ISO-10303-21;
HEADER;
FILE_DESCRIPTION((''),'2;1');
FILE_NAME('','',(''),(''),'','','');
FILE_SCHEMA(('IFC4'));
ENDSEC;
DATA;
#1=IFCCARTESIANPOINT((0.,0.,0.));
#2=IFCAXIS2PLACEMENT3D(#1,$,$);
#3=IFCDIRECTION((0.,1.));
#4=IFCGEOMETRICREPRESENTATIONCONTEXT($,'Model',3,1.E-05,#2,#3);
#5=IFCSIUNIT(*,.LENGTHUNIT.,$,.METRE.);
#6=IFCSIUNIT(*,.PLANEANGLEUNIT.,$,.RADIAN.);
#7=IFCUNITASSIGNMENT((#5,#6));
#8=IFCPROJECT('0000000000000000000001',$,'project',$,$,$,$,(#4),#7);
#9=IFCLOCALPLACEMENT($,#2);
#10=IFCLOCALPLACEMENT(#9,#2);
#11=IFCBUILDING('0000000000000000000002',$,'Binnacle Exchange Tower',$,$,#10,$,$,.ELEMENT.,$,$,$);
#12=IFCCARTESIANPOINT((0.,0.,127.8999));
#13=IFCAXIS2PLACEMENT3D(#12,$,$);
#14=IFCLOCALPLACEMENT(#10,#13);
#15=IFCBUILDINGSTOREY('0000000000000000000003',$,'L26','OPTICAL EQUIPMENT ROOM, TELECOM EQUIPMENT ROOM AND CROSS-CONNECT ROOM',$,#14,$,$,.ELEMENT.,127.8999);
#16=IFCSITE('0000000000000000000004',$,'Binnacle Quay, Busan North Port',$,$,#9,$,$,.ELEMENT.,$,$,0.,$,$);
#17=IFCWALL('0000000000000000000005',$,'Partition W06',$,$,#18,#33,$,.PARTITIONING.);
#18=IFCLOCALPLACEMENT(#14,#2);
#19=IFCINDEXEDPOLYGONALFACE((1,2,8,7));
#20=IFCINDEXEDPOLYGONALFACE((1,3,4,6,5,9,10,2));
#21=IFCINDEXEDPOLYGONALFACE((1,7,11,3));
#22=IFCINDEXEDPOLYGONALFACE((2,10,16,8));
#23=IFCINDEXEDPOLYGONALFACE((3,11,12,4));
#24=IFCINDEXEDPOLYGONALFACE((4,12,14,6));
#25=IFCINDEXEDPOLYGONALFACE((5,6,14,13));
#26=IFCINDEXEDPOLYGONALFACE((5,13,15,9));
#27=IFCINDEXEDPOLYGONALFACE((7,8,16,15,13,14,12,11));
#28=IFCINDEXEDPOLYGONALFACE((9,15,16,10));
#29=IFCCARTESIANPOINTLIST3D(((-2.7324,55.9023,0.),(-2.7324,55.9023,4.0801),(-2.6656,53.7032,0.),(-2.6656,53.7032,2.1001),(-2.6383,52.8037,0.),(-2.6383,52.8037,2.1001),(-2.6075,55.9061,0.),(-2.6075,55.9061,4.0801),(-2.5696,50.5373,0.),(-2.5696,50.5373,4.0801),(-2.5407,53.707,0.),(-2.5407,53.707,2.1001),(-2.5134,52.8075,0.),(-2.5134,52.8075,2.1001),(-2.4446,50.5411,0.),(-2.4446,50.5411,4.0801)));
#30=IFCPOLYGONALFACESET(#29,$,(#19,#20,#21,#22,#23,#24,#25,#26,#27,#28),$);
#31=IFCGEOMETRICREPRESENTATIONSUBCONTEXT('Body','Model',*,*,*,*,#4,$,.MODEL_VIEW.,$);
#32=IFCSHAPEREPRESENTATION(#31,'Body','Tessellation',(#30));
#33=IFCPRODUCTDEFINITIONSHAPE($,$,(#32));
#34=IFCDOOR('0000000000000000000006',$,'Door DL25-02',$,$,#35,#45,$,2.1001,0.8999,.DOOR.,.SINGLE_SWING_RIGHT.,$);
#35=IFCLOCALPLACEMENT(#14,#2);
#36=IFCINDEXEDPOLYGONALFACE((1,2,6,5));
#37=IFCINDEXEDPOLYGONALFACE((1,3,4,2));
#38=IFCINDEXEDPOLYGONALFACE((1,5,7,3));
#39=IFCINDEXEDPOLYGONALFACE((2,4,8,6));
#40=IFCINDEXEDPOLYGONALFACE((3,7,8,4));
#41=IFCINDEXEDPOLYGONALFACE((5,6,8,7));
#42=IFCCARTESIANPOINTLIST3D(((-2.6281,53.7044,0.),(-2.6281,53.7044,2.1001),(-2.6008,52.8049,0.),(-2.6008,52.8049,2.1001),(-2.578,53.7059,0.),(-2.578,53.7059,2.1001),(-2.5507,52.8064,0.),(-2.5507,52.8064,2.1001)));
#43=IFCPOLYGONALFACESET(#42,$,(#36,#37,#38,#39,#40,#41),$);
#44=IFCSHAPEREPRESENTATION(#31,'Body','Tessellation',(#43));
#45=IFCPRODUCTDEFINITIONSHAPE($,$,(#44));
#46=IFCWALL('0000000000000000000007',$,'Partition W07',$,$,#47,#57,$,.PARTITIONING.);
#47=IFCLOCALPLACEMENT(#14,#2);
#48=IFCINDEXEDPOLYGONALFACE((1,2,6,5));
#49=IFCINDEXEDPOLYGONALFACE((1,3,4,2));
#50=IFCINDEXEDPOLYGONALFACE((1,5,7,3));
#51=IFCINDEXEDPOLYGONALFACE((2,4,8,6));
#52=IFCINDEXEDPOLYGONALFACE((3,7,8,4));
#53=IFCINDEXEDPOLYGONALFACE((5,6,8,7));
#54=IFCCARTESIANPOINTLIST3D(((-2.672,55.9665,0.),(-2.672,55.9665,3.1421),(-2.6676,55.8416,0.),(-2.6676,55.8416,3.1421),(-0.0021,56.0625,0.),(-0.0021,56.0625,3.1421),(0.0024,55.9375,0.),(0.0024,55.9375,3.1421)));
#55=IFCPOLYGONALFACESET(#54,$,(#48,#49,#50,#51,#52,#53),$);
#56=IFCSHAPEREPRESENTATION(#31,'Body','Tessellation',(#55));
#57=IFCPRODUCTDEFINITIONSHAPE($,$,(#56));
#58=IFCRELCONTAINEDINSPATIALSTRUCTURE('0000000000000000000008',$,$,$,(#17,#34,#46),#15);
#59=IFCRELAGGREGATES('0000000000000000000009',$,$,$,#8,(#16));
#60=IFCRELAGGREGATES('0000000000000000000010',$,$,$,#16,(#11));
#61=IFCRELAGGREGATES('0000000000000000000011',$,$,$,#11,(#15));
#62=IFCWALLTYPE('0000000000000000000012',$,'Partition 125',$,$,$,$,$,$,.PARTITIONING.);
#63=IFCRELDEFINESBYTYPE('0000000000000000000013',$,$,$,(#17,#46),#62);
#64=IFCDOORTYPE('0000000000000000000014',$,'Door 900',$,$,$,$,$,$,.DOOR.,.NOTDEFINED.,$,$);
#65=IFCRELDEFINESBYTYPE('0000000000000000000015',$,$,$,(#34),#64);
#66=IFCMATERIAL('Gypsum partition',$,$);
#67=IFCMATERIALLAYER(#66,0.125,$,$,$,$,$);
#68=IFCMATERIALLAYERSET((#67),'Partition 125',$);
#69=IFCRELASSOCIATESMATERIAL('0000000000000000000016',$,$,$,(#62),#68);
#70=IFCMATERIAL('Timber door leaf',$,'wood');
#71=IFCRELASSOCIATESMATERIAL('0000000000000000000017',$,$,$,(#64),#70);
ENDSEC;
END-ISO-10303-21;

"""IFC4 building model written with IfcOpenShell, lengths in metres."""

from ifc_helpers import new_model, si_unit, direction, frame, frame_2d, origin, place, context, subcontext, project, spatial, rectangle, extrude, material, layer, layer_set, type_object, element, fill, save


model = new_model("IFC4")

# Units and contexts
model_context = context("Model", 3, precision=1e-05, world=origin(), true_north=direction((0.0, 1.0)))
body_context = subcontext(model_context, "Body", "Model", "MODEL_VIEW")
ifc_project = project(units=[si_unit("LENGTHUNIT", "METRE"), si_unit("PLANEANGLEUNIT", "RADIAN")], contexts=[model_context])

# Site, building, storey
site_placement = place(None, origin())
site = spatial("IfcSite", under=ifc_project, at=site_placement, Name="Binnacle Quay, Busan North Port", CompositionType="ELEMENT", RefElevation=0.0)
building_placement = place(site_placement, origin())
building = spatial("IfcBuilding", under=site, at=building_placement, Name="Binnacle Exchange Tower", CompositionType="ELEMENT")
storey_placement = place(building_placement, frame((0.0, 0.0, 127.8999)))
storey = spatial("IfcBuildingStorey", under=building, at=storey_placement, Name="L26", Description="OPTICAL EQUIPMENT ROOM, TELECOM EQUIPMENT ROOM AND CROSS-CONNECT ROOM", CompositionType="ELEMENT", Elevation=127.8999)

# Shared definitions
ifc_material_1 = material(Name="Gypsum partition")
ifc_layer_1 = layer(ifc_material_1, 0.125)
ifc_layer_set_1 = layer_set([ifc_layer_1], Name="Partition 125")
wall_type_1 = type_object("IfcWallType", Name="Partition 125", PredefinedType="PARTITIONING", material=ifc_layer_set_1)

# Wall, opening, door
wall_1_placement = place(storey_placement, frame((-2.6699, 55.9041, 0.0), z_axis=(0.0, 0.0, 1.0), x_axis=(0.030339, -0.99954, 0.0)))
wall_1 = element("IfcWall", 1, at=wall_1_placement, inside=storey, type_object=wall_type_1, Name="Partition W06", PredefinedType="PARTITIONING", context=body_context, shape_type="SweptSolid", body=[
    extrude(rectangle(XDim=5.3674, YDim=0.125, at=frame_2d((2.6836, 0.0))), origin(), (0.0, 0.0, 1.0), 4.0801),
])
opening_1_placement = place(wall_1_placement, frame((2.2, 0.0, 0.0)))
opening_1 = element("IfcOpeningElement", 2, at=opening_1_placement, cuts=wall_1, PredefinedType="OPENING", context=body_context, shape_type="SweptSolid", body=[
    extrude(rectangle(XDim=0.8999, YDim=2.1001, at=frame_2d((0.45, 1.05))), frame((0.0, 0.0725, 0.0), z_axis=(0.0, -1.0, 0.0), x_axis=(1.0, 0.0, 0.0)), (0.0, 0.0, 1.0), 0.145),
])
ifc_material_2 = material(Name="Timber door leaf", Category="wood")
door_type_1 = type_object("IfcDoorType", Name="Door 900", OperationType="NOTDEFINED", PredefinedType="DOOR", material=ifc_material_2)
door_1_placement = place(opening_1_placement, frame((0.8999, 0.0, 0.0), z_axis=(0.0, 0.0, 1.0), x_axis=(-1.0, 0.0, 0.0)))
door_1 = element("IfcDoor", 3, at=door_1_placement, inside=storey, type_object=door_type_1, Name="Door DL25-02", OperationType="SINGLE_SWING_RIGHT", OverallHeight=2.1001, OverallWidth=0.8999, PredefinedType="DOOR", context=body_context, shape_type="SweptSolid", body=[
    extrude(rectangle(XDim=0.8999, YDim=2.1001, at=frame_2d((0.45, 1.05))), frame((0.0, 0.0249, 0.0), z_axis=(0.0, -1.0, 0.0), x_axis=(1.0, 0.0, 0.0)), (0.0, 0.0, 1.0), 0.05),
])
fill(opening_1, door_1)

# Wall
wall_2_placement = place(storey_placement, frame((-2.6699, 55.9041, 0.0), z_axis=(0.0, 0.0, 1.0), x_axis=(0.999355, 0.035913, 0.0)))
element("IfcWall", 4, at=wall_2_placement, inside=storey, type_object=wall_type_1, Name="Partition W07", PredefinedType="PARTITIONING", context=body_context, shape_type="SweptSolid", body=[
    extrude(rectangle(XDim=2.6716, YDim=0.125, at=frame_2d((1.3359, 0.0))), origin(), (0.0, 0.0, 1.0), 3.1421),
])

save(model, "model.ifc")
